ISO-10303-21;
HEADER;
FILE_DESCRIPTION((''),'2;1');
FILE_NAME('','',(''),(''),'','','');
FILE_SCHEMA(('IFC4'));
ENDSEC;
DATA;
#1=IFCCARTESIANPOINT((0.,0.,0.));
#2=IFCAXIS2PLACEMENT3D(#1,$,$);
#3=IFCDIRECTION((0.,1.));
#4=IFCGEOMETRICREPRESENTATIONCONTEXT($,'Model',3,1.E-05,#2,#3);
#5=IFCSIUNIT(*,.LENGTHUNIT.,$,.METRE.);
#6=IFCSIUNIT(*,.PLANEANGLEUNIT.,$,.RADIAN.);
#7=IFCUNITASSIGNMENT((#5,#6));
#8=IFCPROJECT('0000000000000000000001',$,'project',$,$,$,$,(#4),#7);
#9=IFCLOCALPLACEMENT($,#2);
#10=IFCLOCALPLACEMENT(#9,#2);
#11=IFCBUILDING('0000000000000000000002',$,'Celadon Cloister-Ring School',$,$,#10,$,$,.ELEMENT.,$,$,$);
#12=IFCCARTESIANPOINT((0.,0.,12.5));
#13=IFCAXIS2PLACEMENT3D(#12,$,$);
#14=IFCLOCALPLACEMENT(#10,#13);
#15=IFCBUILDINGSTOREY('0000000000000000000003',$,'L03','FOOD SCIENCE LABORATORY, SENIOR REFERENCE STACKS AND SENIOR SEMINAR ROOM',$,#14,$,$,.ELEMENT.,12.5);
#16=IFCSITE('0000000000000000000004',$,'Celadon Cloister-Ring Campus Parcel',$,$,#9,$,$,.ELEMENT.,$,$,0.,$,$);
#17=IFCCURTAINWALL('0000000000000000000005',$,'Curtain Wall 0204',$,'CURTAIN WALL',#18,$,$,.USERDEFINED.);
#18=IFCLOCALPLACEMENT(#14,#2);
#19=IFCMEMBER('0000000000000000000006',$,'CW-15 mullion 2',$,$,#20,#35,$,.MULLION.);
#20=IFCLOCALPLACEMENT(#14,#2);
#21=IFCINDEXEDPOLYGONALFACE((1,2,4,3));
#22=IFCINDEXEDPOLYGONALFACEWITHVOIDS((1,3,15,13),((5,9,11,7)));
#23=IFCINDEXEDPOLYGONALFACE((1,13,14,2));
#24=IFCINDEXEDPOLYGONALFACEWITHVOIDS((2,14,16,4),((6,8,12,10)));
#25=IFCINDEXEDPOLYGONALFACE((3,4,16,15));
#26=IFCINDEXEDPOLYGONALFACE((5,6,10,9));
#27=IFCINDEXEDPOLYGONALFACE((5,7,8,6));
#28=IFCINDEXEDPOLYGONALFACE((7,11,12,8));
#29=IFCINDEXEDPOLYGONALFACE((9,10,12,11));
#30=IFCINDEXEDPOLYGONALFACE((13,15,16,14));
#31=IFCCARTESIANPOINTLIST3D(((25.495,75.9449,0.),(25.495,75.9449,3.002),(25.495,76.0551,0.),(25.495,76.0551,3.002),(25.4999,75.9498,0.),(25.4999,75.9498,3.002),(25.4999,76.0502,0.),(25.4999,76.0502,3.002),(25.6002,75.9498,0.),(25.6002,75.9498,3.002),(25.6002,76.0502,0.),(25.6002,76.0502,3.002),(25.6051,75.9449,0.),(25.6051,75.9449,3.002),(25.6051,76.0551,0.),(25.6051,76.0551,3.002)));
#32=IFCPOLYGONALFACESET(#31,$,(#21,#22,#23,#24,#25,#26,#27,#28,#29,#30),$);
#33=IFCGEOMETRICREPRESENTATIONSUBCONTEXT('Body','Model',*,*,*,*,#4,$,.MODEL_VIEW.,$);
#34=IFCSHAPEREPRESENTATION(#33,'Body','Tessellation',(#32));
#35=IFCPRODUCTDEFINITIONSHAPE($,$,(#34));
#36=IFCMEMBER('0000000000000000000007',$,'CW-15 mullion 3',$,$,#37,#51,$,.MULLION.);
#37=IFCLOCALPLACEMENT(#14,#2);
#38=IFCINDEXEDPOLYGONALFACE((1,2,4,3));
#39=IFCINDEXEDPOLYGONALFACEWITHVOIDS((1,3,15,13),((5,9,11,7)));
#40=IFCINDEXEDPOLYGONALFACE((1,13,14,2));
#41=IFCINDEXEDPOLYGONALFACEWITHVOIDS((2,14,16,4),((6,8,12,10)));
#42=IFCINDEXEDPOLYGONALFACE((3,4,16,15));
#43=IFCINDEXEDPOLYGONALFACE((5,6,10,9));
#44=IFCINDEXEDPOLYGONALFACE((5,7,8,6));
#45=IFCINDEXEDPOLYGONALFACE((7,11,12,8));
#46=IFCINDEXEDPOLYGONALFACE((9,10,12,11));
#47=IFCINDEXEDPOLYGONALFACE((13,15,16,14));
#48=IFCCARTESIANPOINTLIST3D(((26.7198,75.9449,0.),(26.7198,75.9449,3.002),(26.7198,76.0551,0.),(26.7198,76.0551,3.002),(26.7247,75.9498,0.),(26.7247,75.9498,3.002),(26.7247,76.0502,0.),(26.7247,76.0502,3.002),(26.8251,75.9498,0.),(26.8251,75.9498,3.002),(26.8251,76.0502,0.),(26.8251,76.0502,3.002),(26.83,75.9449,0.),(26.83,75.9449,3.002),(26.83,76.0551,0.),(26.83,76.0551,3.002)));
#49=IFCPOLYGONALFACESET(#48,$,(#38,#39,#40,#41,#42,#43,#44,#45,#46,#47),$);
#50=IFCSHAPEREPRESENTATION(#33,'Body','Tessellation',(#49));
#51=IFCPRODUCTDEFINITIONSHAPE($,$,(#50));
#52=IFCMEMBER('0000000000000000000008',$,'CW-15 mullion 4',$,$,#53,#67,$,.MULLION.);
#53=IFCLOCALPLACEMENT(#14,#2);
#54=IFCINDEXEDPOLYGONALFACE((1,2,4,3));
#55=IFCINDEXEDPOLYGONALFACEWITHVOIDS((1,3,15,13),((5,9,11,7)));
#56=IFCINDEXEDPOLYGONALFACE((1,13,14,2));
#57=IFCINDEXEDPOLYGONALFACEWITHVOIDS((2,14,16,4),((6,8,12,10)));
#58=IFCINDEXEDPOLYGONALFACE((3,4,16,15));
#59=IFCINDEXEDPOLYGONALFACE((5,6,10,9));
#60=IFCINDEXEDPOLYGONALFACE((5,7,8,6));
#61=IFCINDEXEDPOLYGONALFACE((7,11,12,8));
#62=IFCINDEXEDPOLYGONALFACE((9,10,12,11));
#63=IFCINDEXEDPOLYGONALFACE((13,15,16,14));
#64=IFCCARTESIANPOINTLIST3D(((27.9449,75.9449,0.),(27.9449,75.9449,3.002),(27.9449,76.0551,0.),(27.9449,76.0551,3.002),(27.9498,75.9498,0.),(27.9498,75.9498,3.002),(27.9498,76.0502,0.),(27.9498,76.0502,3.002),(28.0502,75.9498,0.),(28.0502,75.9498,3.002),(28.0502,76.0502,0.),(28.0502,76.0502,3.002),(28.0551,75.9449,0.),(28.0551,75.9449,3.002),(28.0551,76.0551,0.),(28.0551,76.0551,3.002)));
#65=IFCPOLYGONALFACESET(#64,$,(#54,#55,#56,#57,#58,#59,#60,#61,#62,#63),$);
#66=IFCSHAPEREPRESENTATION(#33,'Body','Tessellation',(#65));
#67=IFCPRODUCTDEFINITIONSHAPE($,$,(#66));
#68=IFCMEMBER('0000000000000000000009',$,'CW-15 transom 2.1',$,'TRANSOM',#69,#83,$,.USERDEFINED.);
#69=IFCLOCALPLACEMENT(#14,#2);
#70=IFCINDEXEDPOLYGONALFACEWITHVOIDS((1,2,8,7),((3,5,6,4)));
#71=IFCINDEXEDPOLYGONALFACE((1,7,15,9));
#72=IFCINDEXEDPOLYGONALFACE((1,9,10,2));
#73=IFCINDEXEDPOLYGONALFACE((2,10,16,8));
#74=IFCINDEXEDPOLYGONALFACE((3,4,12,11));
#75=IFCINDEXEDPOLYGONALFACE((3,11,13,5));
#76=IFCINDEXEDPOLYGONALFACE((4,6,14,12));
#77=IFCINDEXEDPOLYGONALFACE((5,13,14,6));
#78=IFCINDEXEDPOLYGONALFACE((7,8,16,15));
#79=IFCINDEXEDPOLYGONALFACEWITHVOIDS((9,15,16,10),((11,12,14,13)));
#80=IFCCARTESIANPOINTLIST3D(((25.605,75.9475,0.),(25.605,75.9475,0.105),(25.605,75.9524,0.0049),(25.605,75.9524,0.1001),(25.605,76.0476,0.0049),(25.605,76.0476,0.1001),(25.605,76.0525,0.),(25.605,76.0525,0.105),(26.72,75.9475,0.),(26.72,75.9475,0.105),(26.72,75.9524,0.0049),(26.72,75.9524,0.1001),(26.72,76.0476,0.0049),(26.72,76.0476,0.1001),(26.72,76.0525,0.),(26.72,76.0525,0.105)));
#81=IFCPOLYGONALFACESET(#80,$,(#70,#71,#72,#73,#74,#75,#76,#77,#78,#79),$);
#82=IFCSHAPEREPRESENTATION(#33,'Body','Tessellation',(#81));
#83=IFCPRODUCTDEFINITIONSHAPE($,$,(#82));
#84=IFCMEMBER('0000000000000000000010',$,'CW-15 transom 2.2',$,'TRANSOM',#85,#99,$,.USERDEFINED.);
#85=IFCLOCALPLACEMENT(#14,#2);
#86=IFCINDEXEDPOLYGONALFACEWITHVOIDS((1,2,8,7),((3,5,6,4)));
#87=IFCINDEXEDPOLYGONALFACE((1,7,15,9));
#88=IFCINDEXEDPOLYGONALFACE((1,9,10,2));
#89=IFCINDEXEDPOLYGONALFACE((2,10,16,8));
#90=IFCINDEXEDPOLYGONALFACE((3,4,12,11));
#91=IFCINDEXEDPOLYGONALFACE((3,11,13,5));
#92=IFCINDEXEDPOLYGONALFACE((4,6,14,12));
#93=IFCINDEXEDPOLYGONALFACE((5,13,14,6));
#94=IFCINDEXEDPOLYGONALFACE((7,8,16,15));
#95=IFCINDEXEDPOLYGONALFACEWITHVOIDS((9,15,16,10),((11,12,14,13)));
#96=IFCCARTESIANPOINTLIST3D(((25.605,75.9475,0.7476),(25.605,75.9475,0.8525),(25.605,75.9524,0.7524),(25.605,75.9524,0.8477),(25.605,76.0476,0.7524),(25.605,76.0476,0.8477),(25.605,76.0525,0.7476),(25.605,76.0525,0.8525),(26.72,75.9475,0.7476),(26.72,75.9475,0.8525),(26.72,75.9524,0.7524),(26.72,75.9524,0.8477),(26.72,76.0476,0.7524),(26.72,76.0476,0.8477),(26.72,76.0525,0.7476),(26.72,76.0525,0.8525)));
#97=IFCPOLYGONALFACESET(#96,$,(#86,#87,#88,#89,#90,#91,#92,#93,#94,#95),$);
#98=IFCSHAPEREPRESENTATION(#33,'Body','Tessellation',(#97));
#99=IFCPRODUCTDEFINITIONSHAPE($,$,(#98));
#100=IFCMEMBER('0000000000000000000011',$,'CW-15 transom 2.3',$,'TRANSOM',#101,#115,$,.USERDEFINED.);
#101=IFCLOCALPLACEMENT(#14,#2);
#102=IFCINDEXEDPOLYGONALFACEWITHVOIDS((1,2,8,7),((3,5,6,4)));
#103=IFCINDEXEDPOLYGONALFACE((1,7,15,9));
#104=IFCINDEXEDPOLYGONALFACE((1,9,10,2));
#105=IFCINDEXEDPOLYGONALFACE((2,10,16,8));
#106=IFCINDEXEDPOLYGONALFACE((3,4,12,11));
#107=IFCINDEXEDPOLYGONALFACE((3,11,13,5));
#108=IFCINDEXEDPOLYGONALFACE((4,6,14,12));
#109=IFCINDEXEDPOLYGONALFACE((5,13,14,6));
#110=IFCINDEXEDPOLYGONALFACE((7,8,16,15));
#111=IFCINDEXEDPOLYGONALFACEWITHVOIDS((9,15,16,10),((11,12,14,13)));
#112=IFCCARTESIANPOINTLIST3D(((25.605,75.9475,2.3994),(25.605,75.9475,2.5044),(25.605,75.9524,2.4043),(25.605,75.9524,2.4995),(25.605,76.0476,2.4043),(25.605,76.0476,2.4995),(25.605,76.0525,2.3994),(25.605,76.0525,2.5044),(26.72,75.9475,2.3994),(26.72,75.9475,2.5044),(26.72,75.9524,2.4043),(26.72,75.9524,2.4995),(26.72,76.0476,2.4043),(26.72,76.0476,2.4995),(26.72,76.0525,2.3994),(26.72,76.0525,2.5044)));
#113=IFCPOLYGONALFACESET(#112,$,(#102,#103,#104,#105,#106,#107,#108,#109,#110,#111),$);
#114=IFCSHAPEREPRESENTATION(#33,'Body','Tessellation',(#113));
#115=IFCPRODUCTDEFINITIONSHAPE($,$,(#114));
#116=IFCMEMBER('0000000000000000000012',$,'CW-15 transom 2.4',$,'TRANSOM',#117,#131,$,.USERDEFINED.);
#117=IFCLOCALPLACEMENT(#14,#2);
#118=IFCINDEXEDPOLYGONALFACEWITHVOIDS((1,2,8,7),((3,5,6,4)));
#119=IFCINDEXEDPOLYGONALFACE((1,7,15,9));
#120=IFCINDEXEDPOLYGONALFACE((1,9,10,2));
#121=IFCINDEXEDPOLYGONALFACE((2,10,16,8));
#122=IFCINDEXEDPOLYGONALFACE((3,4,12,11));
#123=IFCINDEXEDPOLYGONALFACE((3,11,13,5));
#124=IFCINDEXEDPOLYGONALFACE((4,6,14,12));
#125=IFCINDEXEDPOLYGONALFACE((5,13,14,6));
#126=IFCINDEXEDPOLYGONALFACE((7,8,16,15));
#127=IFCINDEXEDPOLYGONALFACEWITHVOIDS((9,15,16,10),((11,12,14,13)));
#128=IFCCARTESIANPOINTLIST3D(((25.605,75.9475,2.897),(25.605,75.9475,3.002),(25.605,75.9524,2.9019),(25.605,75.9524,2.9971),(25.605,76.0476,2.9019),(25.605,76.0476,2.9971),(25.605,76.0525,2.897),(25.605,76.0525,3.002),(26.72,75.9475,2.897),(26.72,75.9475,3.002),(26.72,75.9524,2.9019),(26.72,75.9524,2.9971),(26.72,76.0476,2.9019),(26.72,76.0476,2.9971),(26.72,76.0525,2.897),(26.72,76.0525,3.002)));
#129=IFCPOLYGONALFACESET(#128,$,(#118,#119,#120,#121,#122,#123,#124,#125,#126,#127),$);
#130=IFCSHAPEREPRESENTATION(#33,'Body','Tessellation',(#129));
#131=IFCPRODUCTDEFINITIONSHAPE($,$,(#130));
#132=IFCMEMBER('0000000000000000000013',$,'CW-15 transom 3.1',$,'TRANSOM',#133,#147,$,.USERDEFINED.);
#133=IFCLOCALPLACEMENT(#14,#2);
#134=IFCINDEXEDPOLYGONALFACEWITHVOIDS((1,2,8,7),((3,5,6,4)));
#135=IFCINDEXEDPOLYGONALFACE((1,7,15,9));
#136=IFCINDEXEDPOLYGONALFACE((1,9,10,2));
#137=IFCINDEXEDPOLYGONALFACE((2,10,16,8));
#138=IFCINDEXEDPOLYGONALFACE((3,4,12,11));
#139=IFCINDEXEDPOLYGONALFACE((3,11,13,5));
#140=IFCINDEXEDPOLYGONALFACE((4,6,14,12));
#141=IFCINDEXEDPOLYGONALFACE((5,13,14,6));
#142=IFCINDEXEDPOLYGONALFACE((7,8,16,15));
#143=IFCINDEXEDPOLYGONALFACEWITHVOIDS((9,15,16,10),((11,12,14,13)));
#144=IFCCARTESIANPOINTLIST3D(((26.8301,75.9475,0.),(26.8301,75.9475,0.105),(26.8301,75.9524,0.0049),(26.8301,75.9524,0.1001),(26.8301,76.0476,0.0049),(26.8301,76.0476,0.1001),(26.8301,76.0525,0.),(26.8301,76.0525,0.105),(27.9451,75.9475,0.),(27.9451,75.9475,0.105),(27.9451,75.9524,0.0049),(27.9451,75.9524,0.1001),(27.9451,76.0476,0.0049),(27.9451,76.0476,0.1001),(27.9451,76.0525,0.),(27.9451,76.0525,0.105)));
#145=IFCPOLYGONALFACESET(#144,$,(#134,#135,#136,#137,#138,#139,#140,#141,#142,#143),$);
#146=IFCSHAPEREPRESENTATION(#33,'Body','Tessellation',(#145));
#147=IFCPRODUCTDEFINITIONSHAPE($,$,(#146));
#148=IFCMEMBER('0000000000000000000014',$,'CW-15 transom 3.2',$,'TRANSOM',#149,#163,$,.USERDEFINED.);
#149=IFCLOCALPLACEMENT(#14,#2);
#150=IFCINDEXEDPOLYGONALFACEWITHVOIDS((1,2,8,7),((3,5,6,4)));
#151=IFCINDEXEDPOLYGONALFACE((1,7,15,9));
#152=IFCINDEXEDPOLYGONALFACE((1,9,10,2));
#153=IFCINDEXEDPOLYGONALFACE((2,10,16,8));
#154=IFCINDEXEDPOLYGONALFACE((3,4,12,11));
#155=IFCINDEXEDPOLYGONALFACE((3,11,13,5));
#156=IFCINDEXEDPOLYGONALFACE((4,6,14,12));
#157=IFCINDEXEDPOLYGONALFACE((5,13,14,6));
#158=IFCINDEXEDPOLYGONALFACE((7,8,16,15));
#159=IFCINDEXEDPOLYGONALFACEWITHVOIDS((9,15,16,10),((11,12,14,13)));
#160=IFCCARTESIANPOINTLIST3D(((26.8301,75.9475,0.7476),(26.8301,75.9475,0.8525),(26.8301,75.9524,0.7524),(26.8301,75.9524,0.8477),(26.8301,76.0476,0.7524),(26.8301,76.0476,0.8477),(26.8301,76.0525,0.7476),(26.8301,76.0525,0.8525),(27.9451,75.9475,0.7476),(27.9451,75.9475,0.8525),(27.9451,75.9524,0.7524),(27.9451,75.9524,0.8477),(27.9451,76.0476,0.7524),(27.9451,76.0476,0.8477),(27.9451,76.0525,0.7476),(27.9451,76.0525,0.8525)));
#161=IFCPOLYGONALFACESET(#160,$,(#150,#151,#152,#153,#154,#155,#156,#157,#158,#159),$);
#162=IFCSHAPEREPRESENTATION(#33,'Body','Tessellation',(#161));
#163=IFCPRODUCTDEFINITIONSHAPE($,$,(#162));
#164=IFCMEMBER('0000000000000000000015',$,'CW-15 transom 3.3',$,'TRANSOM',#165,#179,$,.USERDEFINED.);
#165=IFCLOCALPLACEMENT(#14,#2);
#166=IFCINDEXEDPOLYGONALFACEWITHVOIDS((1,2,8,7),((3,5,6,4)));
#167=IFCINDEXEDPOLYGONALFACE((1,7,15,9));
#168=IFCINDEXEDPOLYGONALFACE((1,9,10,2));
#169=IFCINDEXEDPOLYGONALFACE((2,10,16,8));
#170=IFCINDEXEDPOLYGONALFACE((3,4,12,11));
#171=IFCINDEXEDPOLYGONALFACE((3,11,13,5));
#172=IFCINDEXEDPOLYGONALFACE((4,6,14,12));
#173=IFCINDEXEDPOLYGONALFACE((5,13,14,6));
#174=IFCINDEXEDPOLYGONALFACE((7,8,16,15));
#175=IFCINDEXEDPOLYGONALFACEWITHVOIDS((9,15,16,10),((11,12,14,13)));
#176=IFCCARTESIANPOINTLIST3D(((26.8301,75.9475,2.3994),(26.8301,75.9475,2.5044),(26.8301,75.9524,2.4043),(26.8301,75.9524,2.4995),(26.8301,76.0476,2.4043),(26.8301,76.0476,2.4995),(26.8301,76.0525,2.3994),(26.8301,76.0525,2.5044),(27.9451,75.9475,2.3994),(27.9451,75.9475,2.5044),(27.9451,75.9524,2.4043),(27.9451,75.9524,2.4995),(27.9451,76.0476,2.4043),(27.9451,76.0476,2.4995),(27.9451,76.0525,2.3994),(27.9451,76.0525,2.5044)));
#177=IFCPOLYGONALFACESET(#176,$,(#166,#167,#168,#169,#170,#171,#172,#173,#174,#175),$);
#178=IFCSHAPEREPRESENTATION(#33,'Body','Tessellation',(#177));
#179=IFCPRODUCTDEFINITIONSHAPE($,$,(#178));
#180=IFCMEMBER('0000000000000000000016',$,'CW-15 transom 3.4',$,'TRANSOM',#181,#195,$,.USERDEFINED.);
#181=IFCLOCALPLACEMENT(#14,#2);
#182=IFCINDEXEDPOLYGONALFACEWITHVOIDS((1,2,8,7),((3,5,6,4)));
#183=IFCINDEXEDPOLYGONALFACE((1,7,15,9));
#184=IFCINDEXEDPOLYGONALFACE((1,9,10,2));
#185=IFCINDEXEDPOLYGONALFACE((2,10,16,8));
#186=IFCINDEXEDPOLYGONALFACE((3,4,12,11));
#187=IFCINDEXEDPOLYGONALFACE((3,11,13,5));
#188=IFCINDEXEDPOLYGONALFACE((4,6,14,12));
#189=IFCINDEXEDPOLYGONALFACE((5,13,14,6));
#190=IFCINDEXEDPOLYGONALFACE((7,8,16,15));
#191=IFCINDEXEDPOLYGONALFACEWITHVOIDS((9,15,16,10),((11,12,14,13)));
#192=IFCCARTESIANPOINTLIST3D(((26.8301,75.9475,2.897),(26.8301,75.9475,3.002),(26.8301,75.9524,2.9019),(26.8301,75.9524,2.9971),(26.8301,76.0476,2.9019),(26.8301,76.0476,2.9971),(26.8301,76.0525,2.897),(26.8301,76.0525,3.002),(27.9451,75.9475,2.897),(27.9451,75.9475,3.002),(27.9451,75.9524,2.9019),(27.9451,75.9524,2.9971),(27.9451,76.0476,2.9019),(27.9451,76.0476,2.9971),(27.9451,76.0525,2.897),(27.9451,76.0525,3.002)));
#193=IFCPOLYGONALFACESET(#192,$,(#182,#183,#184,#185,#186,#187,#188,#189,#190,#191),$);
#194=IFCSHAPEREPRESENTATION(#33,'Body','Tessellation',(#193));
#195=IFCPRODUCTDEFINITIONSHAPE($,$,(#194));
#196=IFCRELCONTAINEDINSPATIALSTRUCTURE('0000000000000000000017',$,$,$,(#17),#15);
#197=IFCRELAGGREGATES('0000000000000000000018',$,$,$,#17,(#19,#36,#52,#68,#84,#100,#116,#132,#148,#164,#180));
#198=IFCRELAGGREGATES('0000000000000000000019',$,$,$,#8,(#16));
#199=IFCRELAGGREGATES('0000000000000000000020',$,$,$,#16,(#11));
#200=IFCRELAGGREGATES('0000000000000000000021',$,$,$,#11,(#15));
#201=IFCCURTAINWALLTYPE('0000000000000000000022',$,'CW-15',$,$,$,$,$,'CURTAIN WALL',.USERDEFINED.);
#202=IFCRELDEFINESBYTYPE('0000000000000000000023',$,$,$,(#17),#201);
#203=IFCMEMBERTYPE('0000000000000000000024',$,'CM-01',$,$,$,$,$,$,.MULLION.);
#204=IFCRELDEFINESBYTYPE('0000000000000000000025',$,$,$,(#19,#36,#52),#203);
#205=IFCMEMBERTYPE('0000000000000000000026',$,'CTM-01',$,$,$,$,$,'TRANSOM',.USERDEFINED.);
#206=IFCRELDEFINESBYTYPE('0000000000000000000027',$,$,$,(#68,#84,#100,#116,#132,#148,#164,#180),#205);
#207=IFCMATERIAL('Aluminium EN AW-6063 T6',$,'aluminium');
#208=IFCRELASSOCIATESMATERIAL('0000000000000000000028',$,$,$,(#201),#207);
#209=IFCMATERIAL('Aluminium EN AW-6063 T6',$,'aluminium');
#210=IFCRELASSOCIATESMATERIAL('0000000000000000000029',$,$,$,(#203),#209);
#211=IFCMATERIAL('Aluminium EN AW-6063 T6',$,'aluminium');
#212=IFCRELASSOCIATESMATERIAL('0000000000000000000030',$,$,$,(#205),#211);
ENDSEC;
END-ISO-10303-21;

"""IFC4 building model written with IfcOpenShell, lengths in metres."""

from ifc_helpers import new_model, si_unit, direction, frame, origin, origin_2d, place, context, subcontext, project, spatial, hollow_rectangle, extrude, material, material_profile, profile_set, type_object, element, aggregate, save


model = new_model("IFC4")

# Units and contexts
model_context = context("Model", 3, precision=1e-05, world=origin(), true_north=direction((0.0, 1.0)))
body_context = subcontext(model_context, "Body", "Model", "MODEL_VIEW")
ifc_project = project(units=[si_unit("LENGTHUNIT", "METRE"), si_unit("PLANEANGLEUNIT", "RADIAN")], contexts=[model_context])

# Site, building, storey
site_placement = place(None, origin())
site = spatial("IfcSite", under=ifc_project, at=site_placement, Name="Celadon Cloister-Ring Campus Parcel", CompositionType="ELEMENT", RefElevation=0.0)
building_placement = place(site_placement, origin())
building = spatial("IfcBuilding", under=site, at=building_placement, Name="Celadon Cloister-Ring School", CompositionType="ELEMENT")
storey_placement = place(building_placement, frame((0.0, 0.0, 12.5)))
storey = spatial("IfcBuildingStorey", under=building, at=storey_placement, Name="L03", Description="FOOD SCIENCE LABORATORY, SENIOR REFERENCE STACKS AND SENIOR SEMINAR ROOM", CompositionType="ELEMENT", Elevation=12.5)

# Curtain wall, members
ifc_material_1 = material(Name="Aluminium EN AW-6063 T6", Category="aluminium")
curtain_wall_type = type_object("IfcCurtainWallType", Name="CW-15", ElementType="CURTAIN WALL", PredefinedType="USERDEFINED", material=ifc_material_1)
curtain_wall_placement = place(storey_placement, origin())
curtain_wall = element("IfcCurtainWall", 1, at=curtain_wall_placement, inside=storey, type_object=curtain_wall_type, Name="Curtain Wall 0204", ObjectType="CURTAIN WALL", PredefinedType="USERDEFINED")
ifc_material_2 = material(Name="Aluminium EN AW-6063 T6", Category="aluminium")
ifc_material_profile_1 = material_profile(ifc_material_2, hollow_rectangle(XDim=0.1101, YDim=0.1101, WallThickness=0.0049, at=origin_2d()), Name="RHS110X110X5")
ifc_profile_set_1 = profile_set([ifc_material_profile_1], Name="Aluminium EN AW-6063 T6")
member_type_1 = type_object("IfcMemberType", Name="CM-01", PredefinedType="MULLION", material=ifc_profile_set_1)
member_1_placement = place(storey_placement, frame((25.55, 76.0, 0.0), z_axis=(0.0, 0.0, 1.0), x_axis=(0.0, 1.0, 0.0)))
member_1 = element("IfcMember", 2, at=member_1_placement, type_object=member_type_1, Name="CW-15 mullion 2", PredefinedType="MULLION", context=body_context, shape_type="SweptSolid", body=[
    extrude(hollow_rectangle(XDim=0.1101, YDim=0.1101, WallThickness=0.0049, at=origin_2d()), origin(), (0.0, 0.0, 1.0), 3.002),
])
member_2_placement = place(storey_placement, frame((26.7749, 76.0, 0.0), z_axis=(0.0, 0.0, 1.0), x_axis=(0.0, 1.0, 0.0)))
member_2 = element("IfcMember", 3, at=member_2_placement, type_object=member_type_1, Name="CW-15 mullion 3", PredefinedType="MULLION", context=body_context, shape_type="SweptSolid", body=[
    extrude(hollow_rectangle(XDim=0.1101, YDim=0.1101, WallThickness=0.0049, at=origin_2d()), origin(), (0.0, 0.0, 1.0), 3.002),
])
member_3_placement = place(storey_placement, frame((28.0, 76.0, 0.0), z_axis=(0.0, 0.0, 1.0), x_axis=(0.0, 1.0, 0.0)))
member_3 = element("IfcMember", 4, at=member_3_placement, type_object=member_type_1, Name="CW-15 mullion 4", PredefinedType="MULLION", context=body_context, shape_type="SweptSolid", body=[
    extrude(hollow_rectangle(XDim=0.1101, YDim=0.1101, WallThickness=0.0049, at=origin_2d()), origin(), (0.0, 0.0, 1.0), 3.002),
])
ifc_material_3 = material(Name="Aluminium EN AW-6063 T6", Category="aluminium")
ifc_material_profile_2 = material_profile(ifc_material_3, hollow_rectangle(XDim=0.105, YDim=0.105, WallThickness=0.0049, at=origin_2d()), Name="RHS105X105X5")
ifc_profile_set_2 = profile_set([ifc_material_profile_2], Name="Aluminium EN AW-6063 T6")
member_type_2 = type_object("IfcMemberType", Name="CTM-01", ElementType="TRANSOM", PredefinedType="USERDEFINED", material=ifc_profile_set_2)
member_4_placement = place(storey_placement, frame((25.605, 76.0, 0.0525), z_axis=(1.0, 0.0, 0.0), x_axis=(0.0, 1.0, 0.0)))
member_4 = element("IfcMember", 5, at=member_4_placement, type_object=member_type_2, Name="CW-15 transom 2.1", ObjectType="TRANSOM", PredefinedType="USERDEFINED", context=body_context, shape_type="SweptSolid", body=[
    extrude(hollow_rectangle(XDim=0.105, YDim=0.105, WallThickness=0.0049, at=origin_2d()), origin(), (0.0, 0.0, 1.0), 1.115),
])
member_5_placement = place(storey_placement, frame((25.605, 76.0, 0.8), z_axis=(1.0, 0.0, 0.0), x_axis=(0.0, 1.0, 0.0)))
member_5 = element("IfcMember", 6, at=member_5_placement, type_object=member_type_2, Name="CW-15 transom 2.2", ObjectType="TRANSOM", PredefinedType="USERDEFINED", context=body_context, shape_type="SweptSolid", body=[
    extrude(hollow_rectangle(XDim=0.105, YDim=0.105, WallThickness=0.0049, at=origin_2d()), origin(), (0.0, 0.0, 1.0), 1.115),
])
member_6_placement = place(storey_placement, frame((25.605, 76.0, 2.4519), z_axis=(1.0, 0.0, 0.0), x_axis=(0.0, 1.0, 0.0)))
member_6 = element("IfcMember", 7, at=member_6_placement, type_object=member_type_2, Name="CW-15 transom 2.3", ObjectType="TRANSOM", PredefinedType="USERDEFINED", context=body_context, shape_type="SweptSolid", body=[
    extrude(hollow_rectangle(XDim=0.105, YDim=0.105, WallThickness=0.0049, at=origin_2d()), origin(), (0.0, 0.0, 1.0), 1.115),
])
member_7_placement = place(storey_placement, frame((25.605, 76.0, 2.9495), z_axis=(1.0, 0.0, 0.0), x_axis=(0.0, 1.0, 0.0)))
member_7 = element("IfcMember", 8, at=member_7_placement, type_object=member_type_2, Name="CW-15 transom 2.4", ObjectType="TRANSOM", PredefinedType="USERDEFINED", context=body_context, shape_type="SweptSolid", body=[
    extrude(hollow_rectangle(XDim=0.105, YDim=0.105, WallThickness=0.0049, at=origin_2d()), origin(), (0.0, 0.0, 1.0), 1.115),
])
member_8_placement = place(storey_placement, frame((26.8301, 76.0, 0.0525), z_axis=(1.0, 0.0, 0.0), x_axis=(0.0, 1.0, 0.0)))
member_8 = element("IfcMember", 9, at=member_8_placement, type_object=member_type_2, Name="CW-15 transom 3.1", ObjectType="TRANSOM", PredefinedType="USERDEFINED", context=body_context, shape_type="SweptSolid", body=[
    extrude(hollow_rectangle(XDim=0.105, YDim=0.105, WallThickness=0.0049, at=origin_2d()), origin(), (0.0, 0.0, 1.0), 1.115),
])
member_9_placement = place(storey_placement, frame((26.8301, 76.0, 0.8), z_axis=(1.0, 0.0, 0.0), x_axis=(0.0, 1.0, 0.0)))
member_9 = element("IfcMember", 10, at=member_9_placement, type_object=member_type_2, Name="CW-15 transom 3.2", ObjectType="TRANSOM", PredefinedType="USERDEFINED", context=body_context, shape_type="SweptSolid", body=[
    extrude(hollow_rectangle(XDim=0.105, YDim=0.105, WallThickness=0.0049, at=origin_2d()), origin(), (0.0, 0.0, 1.0), 1.115),
])
member_10_placement = place(storey_placement, frame((26.8301, 76.0, 2.4519), z_axis=(1.0, 0.0, 0.0), x_axis=(0.0, 1.0, 0.0)))
member_10 = element("IfcMember", 11, at=member_10_placement, type_object=member_type_2, Name="CW-15 transom 3.3", ObjectType="TRANSOM", PredefinedType="USERDEFINED", context=body_context, shape_type="SweptSolid", body=[
    extrude(hollow_rectangle(XDim=0.105, YDim=0.105, WallThickness=0.0049, at=origin_2d()), origin(), (0.0, 0.0, 1.0), 1.115),
])
member_11_placement = place(storey_placement, frame((26.8301, 76.0, 2.9495), z_axis=(1.0, 0.0, 0.0), x_axis=(0.0, 1.0, 0.0)))
member_11 = element("IfcMember", 12, at=member_11_placement, type_object=member_type_2, Name="CW-15 transom 3.4", ObjectType="TRANSOM", PredefinedType="USERDEFINED", context=body_context, shape_type="SweptSolid", body=[
    extrude(hollow_rectangle(XDim=0.105, YDim=0.105, WallThickness=0.0049, at=origin_2d()), origin(), (0.0, 0.0, 1.0), 1.115),
])
aggregate(curtain_wall, [member_1, member_2, member_3, member_4, member_5, member_6, member_7, member_8, member_9, member_10, member_11])

save(model, "model.ifc")
